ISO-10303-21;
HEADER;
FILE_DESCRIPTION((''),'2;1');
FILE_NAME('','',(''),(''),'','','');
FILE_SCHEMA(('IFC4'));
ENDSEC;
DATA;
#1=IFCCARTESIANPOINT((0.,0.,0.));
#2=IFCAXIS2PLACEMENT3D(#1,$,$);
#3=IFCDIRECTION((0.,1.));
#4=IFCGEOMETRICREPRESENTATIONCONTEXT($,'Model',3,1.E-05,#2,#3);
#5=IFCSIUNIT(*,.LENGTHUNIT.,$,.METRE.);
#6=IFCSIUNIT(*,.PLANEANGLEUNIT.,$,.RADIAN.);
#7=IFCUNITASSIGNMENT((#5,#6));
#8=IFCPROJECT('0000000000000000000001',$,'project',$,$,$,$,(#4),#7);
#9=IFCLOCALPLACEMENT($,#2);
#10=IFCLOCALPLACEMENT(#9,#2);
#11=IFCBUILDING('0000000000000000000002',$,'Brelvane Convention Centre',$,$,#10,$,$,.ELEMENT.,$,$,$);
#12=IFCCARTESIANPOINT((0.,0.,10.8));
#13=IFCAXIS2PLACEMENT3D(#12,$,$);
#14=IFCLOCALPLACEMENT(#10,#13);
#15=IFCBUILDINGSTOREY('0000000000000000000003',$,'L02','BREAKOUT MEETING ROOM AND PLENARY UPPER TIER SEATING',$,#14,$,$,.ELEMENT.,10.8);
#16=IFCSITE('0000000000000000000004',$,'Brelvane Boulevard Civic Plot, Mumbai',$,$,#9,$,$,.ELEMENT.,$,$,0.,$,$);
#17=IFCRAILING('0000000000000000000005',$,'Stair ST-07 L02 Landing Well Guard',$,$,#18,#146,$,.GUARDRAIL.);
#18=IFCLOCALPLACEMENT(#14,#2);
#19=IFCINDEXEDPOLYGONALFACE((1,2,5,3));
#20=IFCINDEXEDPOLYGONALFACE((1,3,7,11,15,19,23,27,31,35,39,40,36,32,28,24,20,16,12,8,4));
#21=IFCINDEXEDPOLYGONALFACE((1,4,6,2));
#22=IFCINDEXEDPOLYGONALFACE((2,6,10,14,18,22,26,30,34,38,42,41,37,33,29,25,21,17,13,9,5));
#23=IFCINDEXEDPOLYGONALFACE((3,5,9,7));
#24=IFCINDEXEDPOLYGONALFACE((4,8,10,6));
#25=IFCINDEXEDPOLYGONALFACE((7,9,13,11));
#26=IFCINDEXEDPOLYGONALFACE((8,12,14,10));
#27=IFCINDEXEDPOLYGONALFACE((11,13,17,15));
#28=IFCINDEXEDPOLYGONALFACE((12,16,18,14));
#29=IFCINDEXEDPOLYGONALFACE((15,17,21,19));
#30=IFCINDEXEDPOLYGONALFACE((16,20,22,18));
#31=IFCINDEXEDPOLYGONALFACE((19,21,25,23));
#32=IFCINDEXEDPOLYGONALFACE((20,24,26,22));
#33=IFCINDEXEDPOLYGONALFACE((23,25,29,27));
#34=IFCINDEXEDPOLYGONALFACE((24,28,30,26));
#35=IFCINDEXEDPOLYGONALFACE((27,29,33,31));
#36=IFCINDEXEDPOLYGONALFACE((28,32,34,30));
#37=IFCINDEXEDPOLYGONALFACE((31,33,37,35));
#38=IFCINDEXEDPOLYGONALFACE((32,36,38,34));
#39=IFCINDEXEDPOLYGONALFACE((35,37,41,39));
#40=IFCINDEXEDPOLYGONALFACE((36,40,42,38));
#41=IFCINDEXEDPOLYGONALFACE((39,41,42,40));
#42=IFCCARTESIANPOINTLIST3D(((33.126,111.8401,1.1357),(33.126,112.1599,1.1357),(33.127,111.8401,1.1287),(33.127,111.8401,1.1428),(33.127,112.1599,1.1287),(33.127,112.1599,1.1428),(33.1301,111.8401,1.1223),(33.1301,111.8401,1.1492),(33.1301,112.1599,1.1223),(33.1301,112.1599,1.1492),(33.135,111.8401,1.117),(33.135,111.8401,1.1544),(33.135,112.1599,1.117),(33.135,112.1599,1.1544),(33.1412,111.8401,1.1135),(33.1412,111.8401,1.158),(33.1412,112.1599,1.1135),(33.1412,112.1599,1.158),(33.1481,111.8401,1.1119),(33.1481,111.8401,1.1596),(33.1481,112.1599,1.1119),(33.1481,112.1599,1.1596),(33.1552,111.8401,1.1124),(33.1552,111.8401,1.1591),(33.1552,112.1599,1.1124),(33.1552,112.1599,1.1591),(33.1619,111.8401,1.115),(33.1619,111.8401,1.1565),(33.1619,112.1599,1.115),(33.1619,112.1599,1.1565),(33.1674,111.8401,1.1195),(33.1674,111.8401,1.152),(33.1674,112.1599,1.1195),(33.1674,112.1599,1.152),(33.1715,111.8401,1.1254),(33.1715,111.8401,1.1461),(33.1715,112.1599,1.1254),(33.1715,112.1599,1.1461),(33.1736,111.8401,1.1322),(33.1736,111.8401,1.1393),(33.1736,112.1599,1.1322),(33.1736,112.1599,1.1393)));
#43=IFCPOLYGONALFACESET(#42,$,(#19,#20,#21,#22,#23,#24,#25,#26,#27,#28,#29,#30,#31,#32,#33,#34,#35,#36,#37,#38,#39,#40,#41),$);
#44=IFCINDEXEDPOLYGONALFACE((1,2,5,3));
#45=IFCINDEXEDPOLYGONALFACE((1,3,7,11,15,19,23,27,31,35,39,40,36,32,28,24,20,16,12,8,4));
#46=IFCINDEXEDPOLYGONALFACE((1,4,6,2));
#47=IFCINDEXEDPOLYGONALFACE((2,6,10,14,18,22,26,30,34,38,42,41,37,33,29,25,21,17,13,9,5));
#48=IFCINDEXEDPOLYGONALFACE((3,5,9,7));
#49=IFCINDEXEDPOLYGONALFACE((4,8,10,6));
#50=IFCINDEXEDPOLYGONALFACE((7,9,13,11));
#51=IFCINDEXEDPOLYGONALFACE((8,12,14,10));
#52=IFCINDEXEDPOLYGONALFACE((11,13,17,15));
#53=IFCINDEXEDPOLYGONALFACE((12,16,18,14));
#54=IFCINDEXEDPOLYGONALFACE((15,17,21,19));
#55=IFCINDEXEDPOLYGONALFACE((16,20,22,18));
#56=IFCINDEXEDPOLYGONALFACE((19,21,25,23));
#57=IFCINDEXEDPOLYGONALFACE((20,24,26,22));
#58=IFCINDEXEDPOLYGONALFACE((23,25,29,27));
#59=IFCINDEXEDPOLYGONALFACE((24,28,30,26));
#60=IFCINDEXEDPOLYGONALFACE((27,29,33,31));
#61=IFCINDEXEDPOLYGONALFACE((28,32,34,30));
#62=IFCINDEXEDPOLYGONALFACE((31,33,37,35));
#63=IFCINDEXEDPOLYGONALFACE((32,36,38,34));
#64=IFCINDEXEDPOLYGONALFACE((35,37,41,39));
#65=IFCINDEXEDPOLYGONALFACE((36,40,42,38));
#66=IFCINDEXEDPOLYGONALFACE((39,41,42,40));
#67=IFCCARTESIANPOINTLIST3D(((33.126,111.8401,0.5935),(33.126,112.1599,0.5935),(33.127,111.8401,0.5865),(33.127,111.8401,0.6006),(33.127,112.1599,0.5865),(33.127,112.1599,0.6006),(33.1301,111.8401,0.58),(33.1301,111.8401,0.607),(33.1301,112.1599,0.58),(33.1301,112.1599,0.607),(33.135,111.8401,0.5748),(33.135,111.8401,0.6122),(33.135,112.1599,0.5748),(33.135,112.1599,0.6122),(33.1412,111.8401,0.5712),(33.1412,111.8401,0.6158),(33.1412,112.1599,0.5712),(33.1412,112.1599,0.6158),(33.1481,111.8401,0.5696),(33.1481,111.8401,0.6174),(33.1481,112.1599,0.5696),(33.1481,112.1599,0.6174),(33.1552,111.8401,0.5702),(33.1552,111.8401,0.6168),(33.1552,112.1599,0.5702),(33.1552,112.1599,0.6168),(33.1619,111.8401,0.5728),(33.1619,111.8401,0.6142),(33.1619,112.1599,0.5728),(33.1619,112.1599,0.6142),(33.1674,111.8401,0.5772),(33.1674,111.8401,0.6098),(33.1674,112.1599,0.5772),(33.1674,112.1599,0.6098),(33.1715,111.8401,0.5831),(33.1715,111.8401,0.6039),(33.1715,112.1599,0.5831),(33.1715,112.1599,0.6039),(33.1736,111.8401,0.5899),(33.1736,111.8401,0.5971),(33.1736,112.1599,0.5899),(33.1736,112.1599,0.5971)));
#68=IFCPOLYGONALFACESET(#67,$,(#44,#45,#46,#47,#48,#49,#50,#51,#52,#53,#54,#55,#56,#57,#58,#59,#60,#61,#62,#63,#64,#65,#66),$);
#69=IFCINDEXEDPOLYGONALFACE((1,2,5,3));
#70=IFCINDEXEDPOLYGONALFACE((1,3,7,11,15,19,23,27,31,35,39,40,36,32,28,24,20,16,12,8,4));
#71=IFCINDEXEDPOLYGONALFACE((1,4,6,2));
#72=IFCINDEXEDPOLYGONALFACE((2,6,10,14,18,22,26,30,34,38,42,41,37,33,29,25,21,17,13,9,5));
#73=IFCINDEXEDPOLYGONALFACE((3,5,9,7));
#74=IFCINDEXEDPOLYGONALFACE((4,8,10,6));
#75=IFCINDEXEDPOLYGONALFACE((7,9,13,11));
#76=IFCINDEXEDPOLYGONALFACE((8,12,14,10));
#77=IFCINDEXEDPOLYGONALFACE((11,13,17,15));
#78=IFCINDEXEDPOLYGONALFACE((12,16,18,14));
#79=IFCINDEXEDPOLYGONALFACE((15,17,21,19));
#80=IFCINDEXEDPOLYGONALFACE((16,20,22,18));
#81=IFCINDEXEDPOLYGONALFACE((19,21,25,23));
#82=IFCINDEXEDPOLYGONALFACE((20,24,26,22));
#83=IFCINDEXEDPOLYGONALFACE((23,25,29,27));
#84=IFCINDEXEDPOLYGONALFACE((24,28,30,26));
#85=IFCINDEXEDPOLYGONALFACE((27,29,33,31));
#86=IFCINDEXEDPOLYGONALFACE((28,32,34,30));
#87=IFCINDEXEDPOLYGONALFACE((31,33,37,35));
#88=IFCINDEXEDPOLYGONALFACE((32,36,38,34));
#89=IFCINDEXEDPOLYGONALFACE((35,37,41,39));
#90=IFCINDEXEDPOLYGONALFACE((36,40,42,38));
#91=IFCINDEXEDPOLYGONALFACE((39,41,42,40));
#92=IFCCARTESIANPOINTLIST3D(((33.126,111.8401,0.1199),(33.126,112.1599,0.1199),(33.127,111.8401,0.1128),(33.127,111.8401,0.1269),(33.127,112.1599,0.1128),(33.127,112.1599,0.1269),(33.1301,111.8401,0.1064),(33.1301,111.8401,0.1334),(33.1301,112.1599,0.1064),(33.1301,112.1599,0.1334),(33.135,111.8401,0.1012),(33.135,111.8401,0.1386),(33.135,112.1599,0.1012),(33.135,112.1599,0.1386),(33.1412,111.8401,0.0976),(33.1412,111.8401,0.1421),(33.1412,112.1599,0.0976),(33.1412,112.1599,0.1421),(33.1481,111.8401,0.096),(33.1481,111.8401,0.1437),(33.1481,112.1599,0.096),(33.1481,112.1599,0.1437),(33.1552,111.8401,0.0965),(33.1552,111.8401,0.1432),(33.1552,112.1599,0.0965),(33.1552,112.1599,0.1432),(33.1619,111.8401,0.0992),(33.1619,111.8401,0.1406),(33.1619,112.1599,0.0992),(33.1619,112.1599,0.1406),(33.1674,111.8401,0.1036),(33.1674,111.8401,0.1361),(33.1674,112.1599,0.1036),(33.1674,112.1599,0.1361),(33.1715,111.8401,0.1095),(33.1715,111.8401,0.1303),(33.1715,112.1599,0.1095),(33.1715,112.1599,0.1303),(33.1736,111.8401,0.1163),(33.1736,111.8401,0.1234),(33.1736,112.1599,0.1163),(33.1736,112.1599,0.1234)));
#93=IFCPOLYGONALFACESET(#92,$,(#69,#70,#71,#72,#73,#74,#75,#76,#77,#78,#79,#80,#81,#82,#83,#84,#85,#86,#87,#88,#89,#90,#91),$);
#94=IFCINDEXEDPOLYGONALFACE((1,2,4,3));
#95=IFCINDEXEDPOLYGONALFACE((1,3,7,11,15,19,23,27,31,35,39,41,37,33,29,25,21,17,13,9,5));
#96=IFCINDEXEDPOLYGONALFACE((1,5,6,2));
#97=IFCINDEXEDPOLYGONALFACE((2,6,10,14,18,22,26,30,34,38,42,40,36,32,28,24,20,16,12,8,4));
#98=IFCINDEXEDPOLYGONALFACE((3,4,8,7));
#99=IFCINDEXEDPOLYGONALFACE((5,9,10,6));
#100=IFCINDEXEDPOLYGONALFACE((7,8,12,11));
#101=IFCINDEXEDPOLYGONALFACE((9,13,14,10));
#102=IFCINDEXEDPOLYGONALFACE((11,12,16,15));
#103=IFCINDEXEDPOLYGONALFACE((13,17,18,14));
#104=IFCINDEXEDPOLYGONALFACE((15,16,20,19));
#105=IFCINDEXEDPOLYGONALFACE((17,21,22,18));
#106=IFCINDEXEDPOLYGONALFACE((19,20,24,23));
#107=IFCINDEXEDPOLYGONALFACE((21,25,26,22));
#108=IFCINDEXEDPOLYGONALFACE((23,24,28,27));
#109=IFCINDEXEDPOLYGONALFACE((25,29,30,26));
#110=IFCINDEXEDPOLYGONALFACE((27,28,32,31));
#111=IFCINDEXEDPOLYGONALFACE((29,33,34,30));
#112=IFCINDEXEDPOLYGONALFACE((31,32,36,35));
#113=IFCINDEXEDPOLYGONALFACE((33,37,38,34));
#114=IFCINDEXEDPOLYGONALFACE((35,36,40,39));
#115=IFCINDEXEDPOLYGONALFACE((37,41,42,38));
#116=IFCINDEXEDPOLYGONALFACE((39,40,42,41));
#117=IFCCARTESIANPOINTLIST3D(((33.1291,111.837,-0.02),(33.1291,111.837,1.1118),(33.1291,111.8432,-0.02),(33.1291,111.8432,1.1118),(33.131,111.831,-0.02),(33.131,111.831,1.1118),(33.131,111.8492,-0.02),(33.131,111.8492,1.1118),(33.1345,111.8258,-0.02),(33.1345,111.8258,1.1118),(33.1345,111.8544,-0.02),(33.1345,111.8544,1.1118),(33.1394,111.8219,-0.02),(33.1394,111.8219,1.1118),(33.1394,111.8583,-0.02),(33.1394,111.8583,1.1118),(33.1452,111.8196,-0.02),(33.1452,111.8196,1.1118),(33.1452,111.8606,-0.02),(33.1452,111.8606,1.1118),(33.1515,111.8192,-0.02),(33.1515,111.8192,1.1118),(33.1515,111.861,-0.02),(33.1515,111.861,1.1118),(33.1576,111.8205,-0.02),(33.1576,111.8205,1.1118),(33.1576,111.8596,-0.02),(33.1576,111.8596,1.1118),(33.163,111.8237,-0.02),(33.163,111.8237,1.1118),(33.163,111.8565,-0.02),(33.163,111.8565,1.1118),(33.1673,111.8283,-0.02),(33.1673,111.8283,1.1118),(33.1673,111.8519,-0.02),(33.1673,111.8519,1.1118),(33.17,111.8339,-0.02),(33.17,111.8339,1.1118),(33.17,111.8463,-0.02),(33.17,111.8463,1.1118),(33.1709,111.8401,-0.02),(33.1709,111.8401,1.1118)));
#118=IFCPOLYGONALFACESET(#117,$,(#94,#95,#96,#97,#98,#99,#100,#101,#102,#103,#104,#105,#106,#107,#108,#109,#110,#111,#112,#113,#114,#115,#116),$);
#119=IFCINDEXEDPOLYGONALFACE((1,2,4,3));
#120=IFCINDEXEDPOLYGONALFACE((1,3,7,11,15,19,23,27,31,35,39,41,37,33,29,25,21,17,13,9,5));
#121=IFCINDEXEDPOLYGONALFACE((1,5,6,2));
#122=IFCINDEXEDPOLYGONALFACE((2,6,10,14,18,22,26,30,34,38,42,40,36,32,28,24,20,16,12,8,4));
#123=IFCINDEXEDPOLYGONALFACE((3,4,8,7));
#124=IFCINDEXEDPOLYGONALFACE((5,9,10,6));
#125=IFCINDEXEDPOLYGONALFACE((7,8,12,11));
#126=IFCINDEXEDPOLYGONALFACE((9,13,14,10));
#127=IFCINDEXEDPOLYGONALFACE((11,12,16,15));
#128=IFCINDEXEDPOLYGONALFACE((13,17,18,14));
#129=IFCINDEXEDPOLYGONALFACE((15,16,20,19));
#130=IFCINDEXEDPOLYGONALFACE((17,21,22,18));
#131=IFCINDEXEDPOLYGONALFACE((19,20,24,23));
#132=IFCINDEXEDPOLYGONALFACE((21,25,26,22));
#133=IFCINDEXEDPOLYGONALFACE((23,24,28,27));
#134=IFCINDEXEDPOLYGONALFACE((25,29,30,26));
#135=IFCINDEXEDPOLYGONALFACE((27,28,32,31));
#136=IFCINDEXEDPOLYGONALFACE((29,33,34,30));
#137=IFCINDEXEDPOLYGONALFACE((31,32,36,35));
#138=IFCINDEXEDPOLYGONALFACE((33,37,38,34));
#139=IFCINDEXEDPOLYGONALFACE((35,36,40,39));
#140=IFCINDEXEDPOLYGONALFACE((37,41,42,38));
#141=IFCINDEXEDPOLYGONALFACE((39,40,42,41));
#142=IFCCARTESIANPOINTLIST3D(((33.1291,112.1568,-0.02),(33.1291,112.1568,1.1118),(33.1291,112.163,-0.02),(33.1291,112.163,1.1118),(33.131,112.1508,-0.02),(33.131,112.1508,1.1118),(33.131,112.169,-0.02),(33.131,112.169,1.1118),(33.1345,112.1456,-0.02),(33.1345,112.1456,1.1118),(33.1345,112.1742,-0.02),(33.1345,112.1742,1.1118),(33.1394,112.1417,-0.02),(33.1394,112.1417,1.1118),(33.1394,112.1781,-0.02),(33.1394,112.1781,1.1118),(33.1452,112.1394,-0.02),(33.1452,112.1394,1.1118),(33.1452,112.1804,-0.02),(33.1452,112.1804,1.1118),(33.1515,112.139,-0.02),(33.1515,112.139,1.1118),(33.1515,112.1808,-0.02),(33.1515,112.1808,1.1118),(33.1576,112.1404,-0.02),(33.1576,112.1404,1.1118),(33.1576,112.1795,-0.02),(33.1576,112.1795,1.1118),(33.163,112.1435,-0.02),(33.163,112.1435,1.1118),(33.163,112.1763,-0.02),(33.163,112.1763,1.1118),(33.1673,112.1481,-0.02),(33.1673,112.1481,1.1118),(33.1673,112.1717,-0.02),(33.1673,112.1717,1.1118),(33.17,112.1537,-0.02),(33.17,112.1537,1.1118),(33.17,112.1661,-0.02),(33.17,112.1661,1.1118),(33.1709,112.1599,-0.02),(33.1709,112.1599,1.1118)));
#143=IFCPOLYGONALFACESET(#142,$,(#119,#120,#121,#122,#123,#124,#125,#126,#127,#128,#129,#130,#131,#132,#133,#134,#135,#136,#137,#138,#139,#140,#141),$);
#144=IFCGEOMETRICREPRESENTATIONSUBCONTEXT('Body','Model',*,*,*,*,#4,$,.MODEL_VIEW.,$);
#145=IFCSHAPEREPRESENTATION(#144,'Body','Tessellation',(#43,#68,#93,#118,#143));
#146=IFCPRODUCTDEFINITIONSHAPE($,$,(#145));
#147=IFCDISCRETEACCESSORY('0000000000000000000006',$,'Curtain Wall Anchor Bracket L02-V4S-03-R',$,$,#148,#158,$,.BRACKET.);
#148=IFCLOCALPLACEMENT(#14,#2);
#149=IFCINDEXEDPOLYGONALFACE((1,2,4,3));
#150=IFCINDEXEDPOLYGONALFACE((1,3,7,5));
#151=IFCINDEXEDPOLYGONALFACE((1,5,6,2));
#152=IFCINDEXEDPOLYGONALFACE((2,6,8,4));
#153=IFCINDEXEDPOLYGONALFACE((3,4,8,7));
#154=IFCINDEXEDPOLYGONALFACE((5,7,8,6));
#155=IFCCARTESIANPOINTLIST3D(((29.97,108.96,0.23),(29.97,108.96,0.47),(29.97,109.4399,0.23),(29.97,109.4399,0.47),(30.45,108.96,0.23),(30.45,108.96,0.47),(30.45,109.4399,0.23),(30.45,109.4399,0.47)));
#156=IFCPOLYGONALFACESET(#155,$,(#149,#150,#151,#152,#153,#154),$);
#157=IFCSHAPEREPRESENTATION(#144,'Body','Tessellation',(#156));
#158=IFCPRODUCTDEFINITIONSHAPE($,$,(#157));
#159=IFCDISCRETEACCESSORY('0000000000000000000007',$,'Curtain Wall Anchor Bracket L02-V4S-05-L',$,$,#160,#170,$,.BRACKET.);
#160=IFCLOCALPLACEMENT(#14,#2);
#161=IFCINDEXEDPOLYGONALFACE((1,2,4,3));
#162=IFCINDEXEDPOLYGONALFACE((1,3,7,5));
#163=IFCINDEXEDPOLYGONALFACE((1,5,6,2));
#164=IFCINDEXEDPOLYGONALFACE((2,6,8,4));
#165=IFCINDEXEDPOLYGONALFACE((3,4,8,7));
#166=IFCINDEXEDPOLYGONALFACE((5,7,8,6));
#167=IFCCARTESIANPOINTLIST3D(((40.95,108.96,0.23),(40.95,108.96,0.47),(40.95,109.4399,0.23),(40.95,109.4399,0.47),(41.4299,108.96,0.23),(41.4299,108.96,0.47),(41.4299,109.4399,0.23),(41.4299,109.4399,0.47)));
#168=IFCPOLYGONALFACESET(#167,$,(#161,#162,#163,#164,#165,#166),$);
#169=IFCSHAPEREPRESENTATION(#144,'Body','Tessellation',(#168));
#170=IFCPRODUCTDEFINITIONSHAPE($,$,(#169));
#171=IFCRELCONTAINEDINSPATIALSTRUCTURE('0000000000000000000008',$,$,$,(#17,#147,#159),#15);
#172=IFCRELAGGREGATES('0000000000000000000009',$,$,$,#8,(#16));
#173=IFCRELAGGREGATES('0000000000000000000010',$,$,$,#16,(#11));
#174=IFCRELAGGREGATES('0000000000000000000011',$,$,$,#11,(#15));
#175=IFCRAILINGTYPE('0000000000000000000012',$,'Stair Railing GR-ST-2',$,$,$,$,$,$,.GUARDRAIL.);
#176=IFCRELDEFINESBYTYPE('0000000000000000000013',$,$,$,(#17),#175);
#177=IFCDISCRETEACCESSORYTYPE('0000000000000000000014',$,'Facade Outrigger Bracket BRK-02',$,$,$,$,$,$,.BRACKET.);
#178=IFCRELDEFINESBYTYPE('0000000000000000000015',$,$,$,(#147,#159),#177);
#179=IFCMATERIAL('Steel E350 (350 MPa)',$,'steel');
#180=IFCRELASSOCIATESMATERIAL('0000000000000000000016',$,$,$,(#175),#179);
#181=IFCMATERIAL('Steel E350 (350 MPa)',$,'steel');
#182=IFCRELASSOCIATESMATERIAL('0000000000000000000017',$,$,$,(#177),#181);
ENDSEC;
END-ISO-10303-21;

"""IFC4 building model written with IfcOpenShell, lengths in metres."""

from ifc_helpers import new_model, si_unit, direction, frame, origin, origin_2d, place, context, subcontext, project, spatial, rectangle, circle, extrude, material, type_object, element, save


model = new_model("IFC4")

# Units and contexts
model_context = context("Model", 3, precision=1e-05, world=origin(), true_north=direction((0.0, 1.0)))
body_context = subcontext(model_context, "Body", "Model", "MODEL_VIEW")
ifc_project = project(units=[si_unit("LENGTHUNIT", "METRE"), si_unit("PLANEANGLEUNIT", "RADIAN")], contexts=[model_context])

# Site, building, storey
site_placement = place(None, origin())
site = spatial("IfcSite", under=ifc_project, at=site_placement, Name="Brelvane Boulevard Civic Plot, Mumbai", CompositionType="ELEMENT", RefElevation=0.0)
building_placement = place(site_placement, origin())
building = spatial("IfcBuilding", under=site, at=building_placement, Name="Brelvane Convention Centre", CompositionType="ELEMENT")
storey_placement = place(building_placement, frame((0.0, 0.0, 10.8)))
storey = spatial("IfcBuildingStorey", under=building, at=storey_placement, Name="L02", Description="BREAKOUT MEETING ROOM AND PLENARY UPPER TIER SEATING", CompositionType="ELEMENT", Elevation=10.8)

# Railing
ifc_material_1 = material(Name="Steel E350 (350 MPa)", Category="steel")
railing_type_1 = type_object("IfcRailingType", Name="Stair Railing GR-ST-2", PredefinedType="GUARDRAIL", material=ifc_material_1)
railing_1_placement = place(storey_placement, frame((33.1499, 111.8401, -0.02)))
element("IfcRailing", 1, at=railing_1_placement, inside=storey, type_object=railing_type_1, Name="Stair ST-07 L02 Landing Well Guard", PredefinedType="GUARDRAIL", context=body_context, shape_type="SweptSolid", body=[
    extrude(circle(Radius=0.0239, at=origin_2d()), frame((0.0, 0.0, 1.1558), z_axis=(0.0, 1.0, 0.0), x_axis=(-1.0, 0.0, 0.0)), (0.0, 0.0, 1.0), 0.3198),
    extrude(circle(Radius=0.0239, at=origin_2d()), frame((0.0, 0.0, 0.6135), z_axis=(0.0, 1.0, 0.0), x_axis=(-1.0, 0.0, 0.0)), (0.0, 0.0, 1.0), 0.3198),
    extrude(circle(Radius=0.0239, at=origin_2d()), frame((0.0, 0.0, 0.1399), z_axis=(0.0, 1.0, 0.0), x_axis=(-1.0, 0.0, 0.0)), (0.0, 0.0, 1.0), 0.3198),
    extrude(circle(Radius=0.021, at=origin_2d()), origin(), (0.0, 0.0, 1.0), 1.1318),
    extrude(circle(Radius=0.021, at=origin_2d()), frame((0.0, 0.3198, 0.0)), (0.0, 0.0, 1.0), 1.1318),
])

# Discrete accessories
ifc_material_2 = material(Name="Steel E350 (350 MPa)", Category="steel")
discrete_accessory_type = type_object("IfcDiscreteAccessoryType", Name="Facade Outrigger Bracket BRK-02", PredefinedType="BRACKET", material=ifc_material_2)
for number, where, z_axis, x_axis, name in (
    (2, (30.21, 109.2, 0.23), (0.0, 0.0, 1.0), (1.0, 0.0, 0.0), "Curtain Wall Anchor Bracket L02-V4S-03-R"),
    (3, (41.1899, 109.2, 0.23), (0.0, 0.0, 1.0), (1.0, 0.0, 0.0), "Curtain Wall Anchor Bracket L02-V4S-05-L"),
):
    element("IfcDiscreteAccessory", number, at=place(storey_placement, frame(where, z_axis=z_axis, x_axis=x_axis)), inside=storey, type_object=discrete_accessory_type, Name=name, PredefinedType="BRACKET", context=body_context, shape_type="SweptSolid", body=[
        extrude(rectangle(XDim=0.48, YDim=0.48, at=origin_2d()), origin(), (0.0, 0.0, 1.0), 0.24),
    ])

save(model, "model.ifc")
